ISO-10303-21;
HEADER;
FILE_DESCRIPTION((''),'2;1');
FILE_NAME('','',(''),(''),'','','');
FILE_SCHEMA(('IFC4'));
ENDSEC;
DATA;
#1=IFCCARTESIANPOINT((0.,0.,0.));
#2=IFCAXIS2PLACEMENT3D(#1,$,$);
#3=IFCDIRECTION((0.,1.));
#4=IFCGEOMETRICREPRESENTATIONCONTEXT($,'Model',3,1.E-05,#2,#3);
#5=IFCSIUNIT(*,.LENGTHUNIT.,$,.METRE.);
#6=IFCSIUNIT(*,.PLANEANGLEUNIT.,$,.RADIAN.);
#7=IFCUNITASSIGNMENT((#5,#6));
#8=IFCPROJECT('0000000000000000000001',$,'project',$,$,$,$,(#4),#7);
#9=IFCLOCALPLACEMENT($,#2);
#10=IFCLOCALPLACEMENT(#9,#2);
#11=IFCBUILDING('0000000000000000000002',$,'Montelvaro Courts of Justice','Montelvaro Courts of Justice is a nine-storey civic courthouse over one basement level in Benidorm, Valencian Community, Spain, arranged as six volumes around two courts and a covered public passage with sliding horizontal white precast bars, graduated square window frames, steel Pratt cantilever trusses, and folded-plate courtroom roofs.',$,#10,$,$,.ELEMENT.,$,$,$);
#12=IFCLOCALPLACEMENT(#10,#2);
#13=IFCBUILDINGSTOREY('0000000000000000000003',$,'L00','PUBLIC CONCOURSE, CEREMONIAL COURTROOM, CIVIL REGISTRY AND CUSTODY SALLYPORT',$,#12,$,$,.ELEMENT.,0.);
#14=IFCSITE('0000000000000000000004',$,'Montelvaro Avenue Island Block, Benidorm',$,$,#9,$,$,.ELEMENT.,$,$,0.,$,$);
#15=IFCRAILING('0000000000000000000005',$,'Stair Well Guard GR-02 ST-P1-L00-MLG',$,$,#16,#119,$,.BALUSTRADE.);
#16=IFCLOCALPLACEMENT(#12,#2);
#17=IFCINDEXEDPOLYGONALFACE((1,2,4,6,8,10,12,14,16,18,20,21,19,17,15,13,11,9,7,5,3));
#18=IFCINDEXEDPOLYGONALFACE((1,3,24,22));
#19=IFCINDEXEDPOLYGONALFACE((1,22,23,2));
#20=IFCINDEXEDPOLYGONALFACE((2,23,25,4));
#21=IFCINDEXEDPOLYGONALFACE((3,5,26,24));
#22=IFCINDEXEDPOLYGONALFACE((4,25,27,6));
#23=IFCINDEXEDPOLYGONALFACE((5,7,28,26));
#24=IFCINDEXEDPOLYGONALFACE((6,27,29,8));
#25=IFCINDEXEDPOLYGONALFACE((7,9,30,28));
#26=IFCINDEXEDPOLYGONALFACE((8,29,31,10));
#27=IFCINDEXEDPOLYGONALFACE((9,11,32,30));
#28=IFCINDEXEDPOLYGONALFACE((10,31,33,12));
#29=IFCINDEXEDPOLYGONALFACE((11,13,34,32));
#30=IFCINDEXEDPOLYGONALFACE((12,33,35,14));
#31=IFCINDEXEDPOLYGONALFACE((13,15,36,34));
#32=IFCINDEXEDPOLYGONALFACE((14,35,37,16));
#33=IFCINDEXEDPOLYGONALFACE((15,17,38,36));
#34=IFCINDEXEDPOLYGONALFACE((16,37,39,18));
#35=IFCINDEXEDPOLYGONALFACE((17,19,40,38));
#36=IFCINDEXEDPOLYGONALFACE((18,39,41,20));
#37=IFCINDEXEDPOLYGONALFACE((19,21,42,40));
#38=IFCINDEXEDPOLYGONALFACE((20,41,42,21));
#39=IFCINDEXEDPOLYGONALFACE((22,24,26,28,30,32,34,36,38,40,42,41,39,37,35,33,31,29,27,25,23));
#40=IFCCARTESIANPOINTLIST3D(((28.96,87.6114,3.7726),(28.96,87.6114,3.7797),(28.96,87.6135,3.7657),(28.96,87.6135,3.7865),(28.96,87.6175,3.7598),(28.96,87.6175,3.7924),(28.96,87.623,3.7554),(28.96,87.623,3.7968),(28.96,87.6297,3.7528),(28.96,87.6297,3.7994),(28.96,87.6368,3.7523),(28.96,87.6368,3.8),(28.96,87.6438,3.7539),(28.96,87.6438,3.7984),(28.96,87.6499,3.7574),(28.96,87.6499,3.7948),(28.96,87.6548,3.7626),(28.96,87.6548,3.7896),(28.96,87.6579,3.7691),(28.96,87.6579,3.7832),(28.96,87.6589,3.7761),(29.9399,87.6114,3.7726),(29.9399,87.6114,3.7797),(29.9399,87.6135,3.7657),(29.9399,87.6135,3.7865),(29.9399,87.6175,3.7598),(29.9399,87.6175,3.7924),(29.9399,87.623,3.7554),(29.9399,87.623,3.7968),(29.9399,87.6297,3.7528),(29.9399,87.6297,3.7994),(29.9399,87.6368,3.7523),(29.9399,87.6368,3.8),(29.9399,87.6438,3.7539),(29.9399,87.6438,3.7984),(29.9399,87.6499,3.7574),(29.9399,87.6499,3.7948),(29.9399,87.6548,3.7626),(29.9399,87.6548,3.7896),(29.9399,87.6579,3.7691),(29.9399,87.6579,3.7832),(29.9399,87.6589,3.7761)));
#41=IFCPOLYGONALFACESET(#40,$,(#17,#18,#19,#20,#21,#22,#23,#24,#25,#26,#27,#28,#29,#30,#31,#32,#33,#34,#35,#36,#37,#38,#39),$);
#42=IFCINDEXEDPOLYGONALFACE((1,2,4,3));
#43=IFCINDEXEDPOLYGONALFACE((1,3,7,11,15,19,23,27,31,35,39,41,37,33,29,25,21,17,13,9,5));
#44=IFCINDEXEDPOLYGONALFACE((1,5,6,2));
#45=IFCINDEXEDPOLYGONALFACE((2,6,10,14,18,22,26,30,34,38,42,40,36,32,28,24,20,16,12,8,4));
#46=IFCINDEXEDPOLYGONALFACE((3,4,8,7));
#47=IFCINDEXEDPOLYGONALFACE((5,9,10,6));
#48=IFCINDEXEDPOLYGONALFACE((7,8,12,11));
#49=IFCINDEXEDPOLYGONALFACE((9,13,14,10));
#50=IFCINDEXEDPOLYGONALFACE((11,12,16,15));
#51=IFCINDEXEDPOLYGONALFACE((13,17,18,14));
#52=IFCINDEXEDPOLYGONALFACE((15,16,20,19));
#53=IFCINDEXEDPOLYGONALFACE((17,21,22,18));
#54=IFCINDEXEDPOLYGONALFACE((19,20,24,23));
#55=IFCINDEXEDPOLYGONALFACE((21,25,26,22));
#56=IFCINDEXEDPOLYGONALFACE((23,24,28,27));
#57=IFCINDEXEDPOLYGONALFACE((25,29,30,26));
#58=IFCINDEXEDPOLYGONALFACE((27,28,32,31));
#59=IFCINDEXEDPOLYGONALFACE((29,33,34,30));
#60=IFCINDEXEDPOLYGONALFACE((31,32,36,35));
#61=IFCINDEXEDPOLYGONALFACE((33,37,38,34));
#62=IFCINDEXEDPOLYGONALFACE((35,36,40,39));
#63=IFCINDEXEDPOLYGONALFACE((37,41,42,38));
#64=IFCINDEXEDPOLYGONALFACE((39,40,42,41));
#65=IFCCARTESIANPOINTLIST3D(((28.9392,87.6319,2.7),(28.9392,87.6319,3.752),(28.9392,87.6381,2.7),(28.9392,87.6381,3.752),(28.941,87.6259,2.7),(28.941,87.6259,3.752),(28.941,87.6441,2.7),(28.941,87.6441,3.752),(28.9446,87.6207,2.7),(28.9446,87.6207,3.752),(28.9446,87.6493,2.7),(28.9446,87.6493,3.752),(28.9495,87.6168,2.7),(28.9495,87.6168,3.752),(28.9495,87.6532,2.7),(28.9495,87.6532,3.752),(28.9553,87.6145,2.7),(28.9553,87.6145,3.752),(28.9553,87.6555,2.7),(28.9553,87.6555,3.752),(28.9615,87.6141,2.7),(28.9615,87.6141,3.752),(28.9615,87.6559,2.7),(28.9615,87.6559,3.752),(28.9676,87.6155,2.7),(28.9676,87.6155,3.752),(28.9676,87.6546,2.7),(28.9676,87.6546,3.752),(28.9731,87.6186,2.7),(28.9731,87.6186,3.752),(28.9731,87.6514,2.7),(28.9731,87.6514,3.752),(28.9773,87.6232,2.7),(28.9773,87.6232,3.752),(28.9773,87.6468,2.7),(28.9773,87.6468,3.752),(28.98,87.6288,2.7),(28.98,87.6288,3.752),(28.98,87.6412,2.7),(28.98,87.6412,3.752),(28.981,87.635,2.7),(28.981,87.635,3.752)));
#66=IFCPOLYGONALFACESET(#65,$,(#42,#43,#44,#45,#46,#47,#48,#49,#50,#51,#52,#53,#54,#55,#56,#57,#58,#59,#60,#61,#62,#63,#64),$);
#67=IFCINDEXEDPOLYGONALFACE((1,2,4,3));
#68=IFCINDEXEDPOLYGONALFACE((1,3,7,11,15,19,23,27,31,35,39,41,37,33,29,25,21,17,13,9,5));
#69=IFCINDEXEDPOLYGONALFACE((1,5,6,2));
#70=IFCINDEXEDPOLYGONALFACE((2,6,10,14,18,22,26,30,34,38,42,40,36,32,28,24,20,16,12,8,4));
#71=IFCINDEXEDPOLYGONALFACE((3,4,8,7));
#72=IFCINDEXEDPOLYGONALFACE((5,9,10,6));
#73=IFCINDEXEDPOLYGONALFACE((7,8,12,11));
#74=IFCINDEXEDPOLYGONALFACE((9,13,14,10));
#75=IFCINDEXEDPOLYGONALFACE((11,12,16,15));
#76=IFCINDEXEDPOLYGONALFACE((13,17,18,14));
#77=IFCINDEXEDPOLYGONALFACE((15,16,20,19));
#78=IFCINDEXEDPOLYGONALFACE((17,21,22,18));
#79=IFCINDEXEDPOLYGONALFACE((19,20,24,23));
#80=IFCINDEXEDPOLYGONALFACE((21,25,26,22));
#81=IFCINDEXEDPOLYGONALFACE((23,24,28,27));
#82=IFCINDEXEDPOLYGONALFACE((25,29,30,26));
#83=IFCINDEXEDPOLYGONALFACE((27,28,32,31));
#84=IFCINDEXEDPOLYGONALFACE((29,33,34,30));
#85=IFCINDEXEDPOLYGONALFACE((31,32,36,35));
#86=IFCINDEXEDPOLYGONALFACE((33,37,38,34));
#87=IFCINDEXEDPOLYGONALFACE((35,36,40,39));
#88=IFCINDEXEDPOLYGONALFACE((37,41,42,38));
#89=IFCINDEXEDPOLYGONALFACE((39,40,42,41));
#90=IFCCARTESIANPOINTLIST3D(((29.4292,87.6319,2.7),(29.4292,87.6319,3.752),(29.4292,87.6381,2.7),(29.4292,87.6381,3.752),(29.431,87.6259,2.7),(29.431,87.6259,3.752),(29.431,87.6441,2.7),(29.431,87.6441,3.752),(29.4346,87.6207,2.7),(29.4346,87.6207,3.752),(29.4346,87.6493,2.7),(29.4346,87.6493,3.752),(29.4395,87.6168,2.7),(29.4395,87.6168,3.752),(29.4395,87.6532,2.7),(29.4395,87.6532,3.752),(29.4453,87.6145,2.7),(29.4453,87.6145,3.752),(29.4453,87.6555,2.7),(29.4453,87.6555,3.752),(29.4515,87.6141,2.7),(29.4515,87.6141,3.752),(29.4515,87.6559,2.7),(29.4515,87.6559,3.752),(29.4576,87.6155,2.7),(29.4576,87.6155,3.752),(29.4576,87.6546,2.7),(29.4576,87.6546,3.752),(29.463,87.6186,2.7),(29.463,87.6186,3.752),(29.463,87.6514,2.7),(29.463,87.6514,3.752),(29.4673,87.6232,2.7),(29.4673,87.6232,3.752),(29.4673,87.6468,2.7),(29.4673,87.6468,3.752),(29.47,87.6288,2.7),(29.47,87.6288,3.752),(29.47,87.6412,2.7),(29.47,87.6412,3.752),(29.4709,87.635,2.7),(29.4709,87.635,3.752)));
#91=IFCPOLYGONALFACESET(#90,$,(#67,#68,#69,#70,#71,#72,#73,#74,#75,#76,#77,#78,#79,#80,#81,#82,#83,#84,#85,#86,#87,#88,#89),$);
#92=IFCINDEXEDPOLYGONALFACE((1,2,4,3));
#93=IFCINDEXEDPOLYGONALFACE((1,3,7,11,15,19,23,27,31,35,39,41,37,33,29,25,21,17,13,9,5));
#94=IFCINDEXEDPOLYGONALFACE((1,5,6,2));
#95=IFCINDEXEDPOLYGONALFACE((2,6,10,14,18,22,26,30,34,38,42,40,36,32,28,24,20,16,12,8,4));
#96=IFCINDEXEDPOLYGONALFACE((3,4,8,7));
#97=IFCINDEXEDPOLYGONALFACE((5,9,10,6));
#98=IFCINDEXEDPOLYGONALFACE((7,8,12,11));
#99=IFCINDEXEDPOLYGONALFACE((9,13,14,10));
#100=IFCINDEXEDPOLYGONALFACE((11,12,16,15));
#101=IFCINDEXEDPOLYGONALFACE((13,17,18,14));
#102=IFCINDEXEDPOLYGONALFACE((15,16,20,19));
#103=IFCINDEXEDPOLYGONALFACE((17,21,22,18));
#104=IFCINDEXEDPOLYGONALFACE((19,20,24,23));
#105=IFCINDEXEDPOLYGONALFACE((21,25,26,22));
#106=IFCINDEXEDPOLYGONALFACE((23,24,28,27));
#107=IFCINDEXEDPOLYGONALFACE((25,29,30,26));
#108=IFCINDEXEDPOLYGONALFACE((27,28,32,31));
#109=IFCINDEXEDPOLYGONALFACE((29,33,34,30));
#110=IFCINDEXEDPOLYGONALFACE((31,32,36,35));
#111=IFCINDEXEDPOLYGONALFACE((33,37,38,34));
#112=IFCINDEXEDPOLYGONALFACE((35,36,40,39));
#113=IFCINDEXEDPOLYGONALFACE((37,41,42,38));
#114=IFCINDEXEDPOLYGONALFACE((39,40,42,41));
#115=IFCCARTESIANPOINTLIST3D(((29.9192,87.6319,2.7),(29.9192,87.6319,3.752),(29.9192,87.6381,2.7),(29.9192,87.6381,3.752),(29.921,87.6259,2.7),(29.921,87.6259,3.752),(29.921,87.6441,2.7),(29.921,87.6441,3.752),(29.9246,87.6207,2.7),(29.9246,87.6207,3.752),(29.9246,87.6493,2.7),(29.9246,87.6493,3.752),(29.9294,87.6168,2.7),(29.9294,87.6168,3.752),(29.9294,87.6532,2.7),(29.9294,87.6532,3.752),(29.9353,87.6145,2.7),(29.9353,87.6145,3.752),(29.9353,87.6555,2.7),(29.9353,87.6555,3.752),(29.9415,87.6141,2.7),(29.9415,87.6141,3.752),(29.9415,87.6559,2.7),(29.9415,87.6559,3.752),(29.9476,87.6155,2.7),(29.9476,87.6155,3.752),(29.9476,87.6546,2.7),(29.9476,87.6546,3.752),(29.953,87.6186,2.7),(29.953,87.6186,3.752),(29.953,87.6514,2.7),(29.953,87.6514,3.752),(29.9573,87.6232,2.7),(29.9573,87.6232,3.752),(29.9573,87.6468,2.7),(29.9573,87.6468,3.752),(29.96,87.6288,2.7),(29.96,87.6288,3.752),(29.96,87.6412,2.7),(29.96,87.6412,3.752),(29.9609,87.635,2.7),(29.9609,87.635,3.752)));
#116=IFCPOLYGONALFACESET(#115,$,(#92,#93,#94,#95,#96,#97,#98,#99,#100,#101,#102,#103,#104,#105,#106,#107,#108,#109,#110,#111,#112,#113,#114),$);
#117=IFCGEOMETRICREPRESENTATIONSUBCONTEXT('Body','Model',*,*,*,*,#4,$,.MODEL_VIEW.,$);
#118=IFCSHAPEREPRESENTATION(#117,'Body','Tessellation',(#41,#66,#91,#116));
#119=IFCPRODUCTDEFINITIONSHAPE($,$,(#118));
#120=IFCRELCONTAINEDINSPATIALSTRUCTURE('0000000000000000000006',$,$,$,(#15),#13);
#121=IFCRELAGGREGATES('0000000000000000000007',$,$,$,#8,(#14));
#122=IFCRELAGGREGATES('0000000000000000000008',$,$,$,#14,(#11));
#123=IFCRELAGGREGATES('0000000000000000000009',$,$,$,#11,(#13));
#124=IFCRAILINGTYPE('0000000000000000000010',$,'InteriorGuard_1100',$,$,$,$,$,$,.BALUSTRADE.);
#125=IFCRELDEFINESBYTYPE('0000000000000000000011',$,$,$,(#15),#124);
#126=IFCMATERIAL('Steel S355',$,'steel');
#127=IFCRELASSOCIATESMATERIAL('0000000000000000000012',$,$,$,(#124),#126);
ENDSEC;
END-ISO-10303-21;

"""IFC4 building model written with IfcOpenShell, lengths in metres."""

from ifc_helpers import new_model, si_unit, direction, frame, origin, origin_2d, place, context, subcontext, project, spatial, circle, extrude, material, type_object, element, save


model = new_model("IFC4")

# Units and contexts
model_context = context("Model", 3, precision=1e-05, world=origin(), true_north=direction((0.0, 1.0)))
body_context = subcontext(model_context, "Body", "Model", "MODEL_VIEW")
ifc_project = project(units=[si_unit("LENGTHUNIT", "METRE"), si_unit("PLANEANGLEUNIT", "RADIAN")], contexts=[model_context])

# Site, building, storey
site_placement = place(None, origin())
site = spatial("IfcSite", under=ifc_project, at=site_placement, Name="Montelvaro Avenue Island Block, Benidorm", CompositionType="ELEMENT", RefElevation=0.0)
building_placement = place(site_placement, origin())
building = spatial("IfcBuilding", under=site, at=building_placement, Name="Montelvaro Courts of Justice", Description="Montelvaro Courts of Justice is a nine-storey civic courthouse over one basement level in Benidorm, Valencian Community, Spain, arranged as six volumes around two courts and a covered public passage with sliding horizontal white precast bars, graduated square window frames, steel Pratt cantilever trusses, and folded-plate courtroom roofs.", CompositionType="ELEMENT")
storey_placement = place(building_placement, origin())
storey = spatial("IfcBuildingStorey", under=building, at=storey_placement, Name="L00", Description="PUBLIC CONCOURSE, CEREMONIAL COURTROOM, CIVIL REGISTRY AND CUSTODY SALLYPORT", CompositionType="ELEMENT", Elevation=0.0)

# Shared definitions
ifc_material_1 = material(Name="Steel S355", Category="steel")

# Railing
railing_type_1 = type_object("IfcRailingType", Name="InteriorGuard_1100", PredefinedType="BALUSTRADE", material=ifc_material_1)
railing_1_placement = place(storey_placement, frame((28.96, 87.635, 2.7)))
element("IfcRailing", 1, at=railing_1_placement, inside=storey, type_object=railing_type_1, Name="Stair Well Guard GR-02 ST-P1-L00-MLG", PredefinedType="BALUSTRADE", context=body_context, shape_type="SweptSolid", body=[
    extrude(circle(Radius=0.0239, at=origin_2d()), frame((0.0, 0.0, 1.0762), z_axis=(1.0, 0.0, 0.0), x_axis=(0.0, 1.0, 0.0)), (0.0, 0.0, 1.0), 0.98),
    extrude(circle(Radius=0.021, at=origin_2d()), origin(), (0.0, 0.0, 1.0), 1.052),
    extrude(circle(Radius=0.021, at=origin_2d()), frame((0.49, 0.0, 0.0)), (0.0, 0.0, 1.0), 1.052),
    extrude(circle(Radius=0.021, at=origin_2d()), frame((0.98, 0.0, 0.0)), (0.0, 0.0, 1.0), 1.052),
])

save(model, "model.ifc")
